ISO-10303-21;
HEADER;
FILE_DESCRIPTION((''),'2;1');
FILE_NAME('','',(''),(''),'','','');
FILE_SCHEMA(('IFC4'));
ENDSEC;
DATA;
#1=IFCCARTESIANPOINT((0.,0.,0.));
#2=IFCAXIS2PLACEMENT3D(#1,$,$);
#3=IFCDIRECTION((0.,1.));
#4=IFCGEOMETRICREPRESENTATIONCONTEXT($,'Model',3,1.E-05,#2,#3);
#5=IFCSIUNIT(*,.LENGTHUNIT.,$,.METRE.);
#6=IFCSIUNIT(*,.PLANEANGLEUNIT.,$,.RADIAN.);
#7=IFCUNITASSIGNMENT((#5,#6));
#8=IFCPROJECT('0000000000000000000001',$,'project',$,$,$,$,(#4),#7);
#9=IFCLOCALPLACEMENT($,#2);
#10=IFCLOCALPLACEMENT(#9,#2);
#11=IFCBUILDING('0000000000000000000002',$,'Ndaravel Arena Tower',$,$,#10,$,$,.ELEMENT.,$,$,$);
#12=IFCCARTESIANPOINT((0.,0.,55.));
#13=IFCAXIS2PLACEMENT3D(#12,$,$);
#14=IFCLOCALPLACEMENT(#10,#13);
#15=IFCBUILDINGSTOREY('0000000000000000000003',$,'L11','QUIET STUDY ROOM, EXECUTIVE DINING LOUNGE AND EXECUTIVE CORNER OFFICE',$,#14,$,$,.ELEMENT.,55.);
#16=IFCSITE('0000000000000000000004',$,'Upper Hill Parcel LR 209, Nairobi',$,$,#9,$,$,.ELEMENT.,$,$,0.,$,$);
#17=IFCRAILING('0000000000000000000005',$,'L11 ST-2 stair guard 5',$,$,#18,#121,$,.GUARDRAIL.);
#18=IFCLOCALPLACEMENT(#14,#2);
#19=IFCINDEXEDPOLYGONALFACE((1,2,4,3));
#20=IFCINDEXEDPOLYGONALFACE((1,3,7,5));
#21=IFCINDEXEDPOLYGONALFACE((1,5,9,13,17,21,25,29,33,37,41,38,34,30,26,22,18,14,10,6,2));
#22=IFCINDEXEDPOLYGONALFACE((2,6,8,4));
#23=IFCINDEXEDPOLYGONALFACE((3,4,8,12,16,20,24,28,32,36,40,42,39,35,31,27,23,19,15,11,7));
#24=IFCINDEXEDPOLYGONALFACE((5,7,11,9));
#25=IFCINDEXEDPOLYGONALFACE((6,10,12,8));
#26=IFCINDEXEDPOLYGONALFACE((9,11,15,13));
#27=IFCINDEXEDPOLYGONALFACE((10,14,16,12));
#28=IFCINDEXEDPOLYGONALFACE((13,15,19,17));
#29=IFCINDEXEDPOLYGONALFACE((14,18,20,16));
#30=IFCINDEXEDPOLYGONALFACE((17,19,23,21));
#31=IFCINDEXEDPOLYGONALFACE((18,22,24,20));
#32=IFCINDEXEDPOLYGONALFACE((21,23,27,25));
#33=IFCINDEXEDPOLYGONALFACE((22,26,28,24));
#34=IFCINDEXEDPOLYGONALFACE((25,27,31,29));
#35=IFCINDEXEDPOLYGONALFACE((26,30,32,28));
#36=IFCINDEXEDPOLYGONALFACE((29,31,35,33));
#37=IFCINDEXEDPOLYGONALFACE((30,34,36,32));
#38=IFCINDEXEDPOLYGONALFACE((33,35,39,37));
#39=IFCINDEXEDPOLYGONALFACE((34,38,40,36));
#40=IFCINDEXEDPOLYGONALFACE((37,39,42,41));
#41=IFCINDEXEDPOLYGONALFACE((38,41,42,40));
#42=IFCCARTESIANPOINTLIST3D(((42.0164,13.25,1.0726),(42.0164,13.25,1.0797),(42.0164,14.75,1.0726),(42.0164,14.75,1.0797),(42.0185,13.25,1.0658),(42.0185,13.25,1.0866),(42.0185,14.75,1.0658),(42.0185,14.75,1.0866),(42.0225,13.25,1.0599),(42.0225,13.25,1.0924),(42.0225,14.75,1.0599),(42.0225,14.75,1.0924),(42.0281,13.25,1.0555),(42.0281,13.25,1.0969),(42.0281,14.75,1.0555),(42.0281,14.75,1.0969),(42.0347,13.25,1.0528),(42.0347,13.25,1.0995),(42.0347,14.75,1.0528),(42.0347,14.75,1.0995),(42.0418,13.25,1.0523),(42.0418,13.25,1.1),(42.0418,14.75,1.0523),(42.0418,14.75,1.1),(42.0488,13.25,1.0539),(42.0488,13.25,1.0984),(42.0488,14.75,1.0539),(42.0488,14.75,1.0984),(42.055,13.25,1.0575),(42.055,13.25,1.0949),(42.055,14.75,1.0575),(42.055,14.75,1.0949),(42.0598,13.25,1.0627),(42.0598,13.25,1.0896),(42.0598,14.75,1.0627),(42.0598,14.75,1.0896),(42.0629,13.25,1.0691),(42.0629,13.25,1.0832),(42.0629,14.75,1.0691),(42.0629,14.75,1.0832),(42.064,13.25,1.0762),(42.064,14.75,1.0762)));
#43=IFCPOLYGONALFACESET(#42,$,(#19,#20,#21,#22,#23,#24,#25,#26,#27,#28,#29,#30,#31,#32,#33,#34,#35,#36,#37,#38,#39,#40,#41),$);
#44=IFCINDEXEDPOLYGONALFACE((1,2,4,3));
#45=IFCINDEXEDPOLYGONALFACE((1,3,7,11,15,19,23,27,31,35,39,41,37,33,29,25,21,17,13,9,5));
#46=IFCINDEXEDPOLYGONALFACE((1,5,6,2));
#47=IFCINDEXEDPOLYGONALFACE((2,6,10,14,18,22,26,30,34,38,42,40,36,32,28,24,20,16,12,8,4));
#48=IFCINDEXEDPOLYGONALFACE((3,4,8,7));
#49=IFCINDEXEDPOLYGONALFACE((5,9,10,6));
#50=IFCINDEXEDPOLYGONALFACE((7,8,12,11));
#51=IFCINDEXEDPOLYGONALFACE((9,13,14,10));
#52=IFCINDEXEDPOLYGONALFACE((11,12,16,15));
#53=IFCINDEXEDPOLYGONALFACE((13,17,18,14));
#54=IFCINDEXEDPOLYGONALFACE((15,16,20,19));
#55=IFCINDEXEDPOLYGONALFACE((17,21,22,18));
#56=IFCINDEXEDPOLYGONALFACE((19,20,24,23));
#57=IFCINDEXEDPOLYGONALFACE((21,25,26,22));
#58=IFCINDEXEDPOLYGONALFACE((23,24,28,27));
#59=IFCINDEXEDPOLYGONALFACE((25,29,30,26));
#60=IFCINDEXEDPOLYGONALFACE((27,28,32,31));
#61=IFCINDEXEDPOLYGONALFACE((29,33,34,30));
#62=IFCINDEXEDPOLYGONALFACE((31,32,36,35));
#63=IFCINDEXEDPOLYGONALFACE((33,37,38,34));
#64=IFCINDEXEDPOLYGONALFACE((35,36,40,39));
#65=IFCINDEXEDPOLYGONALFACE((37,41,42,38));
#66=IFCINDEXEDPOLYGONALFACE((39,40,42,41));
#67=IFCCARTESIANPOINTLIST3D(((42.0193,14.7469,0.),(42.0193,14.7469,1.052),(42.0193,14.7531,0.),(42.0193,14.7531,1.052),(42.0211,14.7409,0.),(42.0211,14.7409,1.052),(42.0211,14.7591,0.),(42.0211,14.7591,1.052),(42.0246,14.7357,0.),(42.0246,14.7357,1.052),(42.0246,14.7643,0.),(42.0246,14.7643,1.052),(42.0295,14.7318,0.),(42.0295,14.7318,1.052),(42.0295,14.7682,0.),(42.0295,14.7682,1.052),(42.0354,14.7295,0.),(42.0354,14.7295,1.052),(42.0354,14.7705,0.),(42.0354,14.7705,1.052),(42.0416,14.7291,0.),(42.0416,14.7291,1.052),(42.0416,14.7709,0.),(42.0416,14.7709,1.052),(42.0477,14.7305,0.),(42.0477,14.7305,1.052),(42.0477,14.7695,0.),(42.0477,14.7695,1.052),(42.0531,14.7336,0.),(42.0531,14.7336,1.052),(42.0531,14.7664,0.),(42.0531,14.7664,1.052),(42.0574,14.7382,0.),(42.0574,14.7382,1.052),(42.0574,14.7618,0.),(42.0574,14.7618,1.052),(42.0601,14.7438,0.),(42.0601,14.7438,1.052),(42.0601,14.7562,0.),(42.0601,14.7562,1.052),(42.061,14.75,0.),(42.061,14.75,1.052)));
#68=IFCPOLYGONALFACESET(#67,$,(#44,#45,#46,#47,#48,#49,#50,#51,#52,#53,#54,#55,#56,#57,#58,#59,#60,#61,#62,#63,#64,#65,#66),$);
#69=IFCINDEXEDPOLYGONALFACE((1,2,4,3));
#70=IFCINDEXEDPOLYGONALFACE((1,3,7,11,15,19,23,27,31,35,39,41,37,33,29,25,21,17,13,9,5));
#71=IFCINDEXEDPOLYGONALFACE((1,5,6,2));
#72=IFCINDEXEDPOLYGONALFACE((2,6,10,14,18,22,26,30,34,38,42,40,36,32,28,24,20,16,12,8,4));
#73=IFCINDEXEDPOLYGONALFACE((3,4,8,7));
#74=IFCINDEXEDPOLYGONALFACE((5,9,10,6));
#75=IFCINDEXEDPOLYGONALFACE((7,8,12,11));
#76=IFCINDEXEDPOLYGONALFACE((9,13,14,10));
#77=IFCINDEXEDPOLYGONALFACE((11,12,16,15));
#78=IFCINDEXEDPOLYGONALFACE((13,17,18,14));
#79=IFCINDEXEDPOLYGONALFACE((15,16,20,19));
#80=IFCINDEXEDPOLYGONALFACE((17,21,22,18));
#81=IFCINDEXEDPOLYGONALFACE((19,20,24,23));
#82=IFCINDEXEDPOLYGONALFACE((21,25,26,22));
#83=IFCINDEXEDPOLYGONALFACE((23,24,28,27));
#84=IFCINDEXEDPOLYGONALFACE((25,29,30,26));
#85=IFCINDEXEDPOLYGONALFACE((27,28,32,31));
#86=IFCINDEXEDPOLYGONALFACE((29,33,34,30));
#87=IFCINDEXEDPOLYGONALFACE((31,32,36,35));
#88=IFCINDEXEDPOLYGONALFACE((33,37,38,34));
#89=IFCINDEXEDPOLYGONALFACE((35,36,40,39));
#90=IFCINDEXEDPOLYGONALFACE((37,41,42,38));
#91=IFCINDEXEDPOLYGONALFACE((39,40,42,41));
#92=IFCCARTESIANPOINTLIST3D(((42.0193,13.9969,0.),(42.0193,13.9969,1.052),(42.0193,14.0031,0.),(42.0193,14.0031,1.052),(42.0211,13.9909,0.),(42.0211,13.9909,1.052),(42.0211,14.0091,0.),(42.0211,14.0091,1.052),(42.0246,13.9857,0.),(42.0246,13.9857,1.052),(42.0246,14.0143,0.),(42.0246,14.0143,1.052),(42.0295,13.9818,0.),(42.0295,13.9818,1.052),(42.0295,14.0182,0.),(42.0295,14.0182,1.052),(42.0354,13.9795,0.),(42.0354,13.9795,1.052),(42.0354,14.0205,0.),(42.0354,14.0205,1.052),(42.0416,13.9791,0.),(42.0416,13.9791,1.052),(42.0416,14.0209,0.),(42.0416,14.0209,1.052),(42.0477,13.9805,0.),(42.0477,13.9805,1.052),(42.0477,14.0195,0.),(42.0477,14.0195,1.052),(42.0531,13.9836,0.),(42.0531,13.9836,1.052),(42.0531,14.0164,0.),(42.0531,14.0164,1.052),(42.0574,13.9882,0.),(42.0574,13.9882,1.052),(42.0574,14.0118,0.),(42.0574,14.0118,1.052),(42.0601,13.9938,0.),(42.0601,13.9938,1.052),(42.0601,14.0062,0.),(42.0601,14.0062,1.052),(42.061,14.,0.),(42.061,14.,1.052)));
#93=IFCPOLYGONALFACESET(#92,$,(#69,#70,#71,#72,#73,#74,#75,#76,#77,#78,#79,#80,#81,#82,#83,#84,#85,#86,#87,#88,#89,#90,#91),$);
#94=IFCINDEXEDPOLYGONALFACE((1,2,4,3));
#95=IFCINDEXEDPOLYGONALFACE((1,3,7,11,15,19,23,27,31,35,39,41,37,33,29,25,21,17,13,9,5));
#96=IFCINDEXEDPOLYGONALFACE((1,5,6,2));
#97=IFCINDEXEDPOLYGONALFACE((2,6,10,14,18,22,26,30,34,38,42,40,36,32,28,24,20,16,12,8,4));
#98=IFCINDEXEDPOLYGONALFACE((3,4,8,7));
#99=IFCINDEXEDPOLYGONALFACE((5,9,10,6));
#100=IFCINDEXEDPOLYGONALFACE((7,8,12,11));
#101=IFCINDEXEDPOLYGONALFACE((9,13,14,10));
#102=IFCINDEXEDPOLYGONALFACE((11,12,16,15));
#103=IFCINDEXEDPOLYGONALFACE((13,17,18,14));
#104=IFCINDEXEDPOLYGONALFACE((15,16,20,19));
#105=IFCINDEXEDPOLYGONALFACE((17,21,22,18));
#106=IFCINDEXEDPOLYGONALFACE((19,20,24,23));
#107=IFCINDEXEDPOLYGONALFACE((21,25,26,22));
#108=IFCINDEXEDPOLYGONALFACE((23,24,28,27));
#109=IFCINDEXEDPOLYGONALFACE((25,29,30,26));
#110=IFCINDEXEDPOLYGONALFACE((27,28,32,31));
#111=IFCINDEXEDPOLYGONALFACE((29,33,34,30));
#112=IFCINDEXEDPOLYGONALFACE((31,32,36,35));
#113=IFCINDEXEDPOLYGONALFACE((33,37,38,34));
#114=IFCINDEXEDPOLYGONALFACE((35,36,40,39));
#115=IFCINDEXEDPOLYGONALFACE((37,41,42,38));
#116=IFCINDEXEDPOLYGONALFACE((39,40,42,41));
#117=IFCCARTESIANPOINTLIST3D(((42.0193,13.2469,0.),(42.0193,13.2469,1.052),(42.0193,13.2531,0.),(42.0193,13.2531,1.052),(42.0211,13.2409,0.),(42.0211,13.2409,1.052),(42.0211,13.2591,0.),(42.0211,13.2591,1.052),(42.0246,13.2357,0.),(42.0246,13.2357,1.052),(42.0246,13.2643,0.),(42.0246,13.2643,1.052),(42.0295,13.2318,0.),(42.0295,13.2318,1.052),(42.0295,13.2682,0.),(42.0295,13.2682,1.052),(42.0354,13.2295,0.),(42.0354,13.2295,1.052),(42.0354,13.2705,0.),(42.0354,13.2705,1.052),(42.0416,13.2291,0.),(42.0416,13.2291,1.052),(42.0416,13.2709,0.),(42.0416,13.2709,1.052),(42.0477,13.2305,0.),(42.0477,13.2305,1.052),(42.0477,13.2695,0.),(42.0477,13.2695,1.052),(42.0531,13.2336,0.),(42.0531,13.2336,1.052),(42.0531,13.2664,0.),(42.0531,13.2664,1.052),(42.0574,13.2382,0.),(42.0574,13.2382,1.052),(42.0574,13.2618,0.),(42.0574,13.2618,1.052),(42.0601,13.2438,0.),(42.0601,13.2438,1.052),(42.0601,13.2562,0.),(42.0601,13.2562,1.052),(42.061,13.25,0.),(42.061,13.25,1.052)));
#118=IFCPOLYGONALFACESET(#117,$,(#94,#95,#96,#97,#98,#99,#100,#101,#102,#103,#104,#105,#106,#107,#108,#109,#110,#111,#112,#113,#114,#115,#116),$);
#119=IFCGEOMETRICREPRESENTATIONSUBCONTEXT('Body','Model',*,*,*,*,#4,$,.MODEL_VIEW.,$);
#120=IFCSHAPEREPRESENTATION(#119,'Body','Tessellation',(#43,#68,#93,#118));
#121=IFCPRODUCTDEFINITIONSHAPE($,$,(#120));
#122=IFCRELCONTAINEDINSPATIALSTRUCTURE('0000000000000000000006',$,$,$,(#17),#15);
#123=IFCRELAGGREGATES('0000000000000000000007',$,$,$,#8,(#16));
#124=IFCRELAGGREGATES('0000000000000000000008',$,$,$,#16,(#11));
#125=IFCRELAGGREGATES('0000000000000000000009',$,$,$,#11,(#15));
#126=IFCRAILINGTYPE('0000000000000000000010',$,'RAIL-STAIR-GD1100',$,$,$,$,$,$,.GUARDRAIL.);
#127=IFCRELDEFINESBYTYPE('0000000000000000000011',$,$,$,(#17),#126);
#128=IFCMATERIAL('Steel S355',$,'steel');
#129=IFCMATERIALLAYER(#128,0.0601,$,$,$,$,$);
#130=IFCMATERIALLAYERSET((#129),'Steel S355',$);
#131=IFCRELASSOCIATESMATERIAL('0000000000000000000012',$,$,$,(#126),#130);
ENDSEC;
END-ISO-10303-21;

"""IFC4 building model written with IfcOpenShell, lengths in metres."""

from ifc_helpers import new_model, si_unit, direction, frame, origin, origin_2d, place, context, subcontext, project, spatial, circle, extrude, material, layer, layer_set, type_object, element, save


model = new_model("IFC4")

# Units and contexts
model_context = context("Model", 3, precision=1e-05, world=origin(), true_north=direction((0.0, 1.0)))
body_context = subcontext(model_context, "Body", "Model", "MODEL_VIEW")
ifc_project = project(units=[si_unit("LENGTHUNIT", "METRE"), si_unit("PLANEANGLEUNIT", "RADIAN")], contexts=[model_context])

# Site, building, storey
site_placement = place(None, origin())
site = spatial("IfcSite", under=ifc_project, at=site_placement, Name="Upper Hill Parcel LR 209, Nairobi", CompositionType="ELEMENT", RefElevation=0.0)
building_placement = place(site_placement, origin())
building = spatial("IfcBuilding", under=site, at=building_placement, Name="Ndaravel Arena Tower", CompositionType="ELEMENT")
storey_placement = place(building_placement, frame((0.0, 0.0, 55.0)))
storey = spatial("IfcBuildingStorey", under=building, at=storey_placement, Name="L11", Description="QUIET STUDY ROOM, EXECUTIVE DINING LOUNGE AND EXECUTIVE CORNER OFFICE", CompositionType="ELEMENT", Elevation=55.0)

# Railing
ifc_material_1 = material(Name="Steel S355", Category="steel")
ifc_layer_1 = layer(ifc_material_1, 0.0601)
ifc_layer_set_1 = layer_set([ifc_layer_1], Name="Steel S355")
railing_type = type_object("IfcRailingType", Name="RAIL-STAIR-GD1100", PredefinedType="GUARDRAIL", material=ifc_layer_set_1)
for number, where, name in (
    (1, (42.04, 14.75, 0.0), "L11 ST-2 stair guard 5"),
):
    element("IfcRailing", number, at=place(storey_placement, frame(where)), inside=storey, type_object=railing_type, Name=name, PredefinedType="GUARDRAIL", context=body_context, shape_type="SweptSolid", body=[
        extrude(circle(Radius=0.0239, at=origin_2d()), frame((0.0, 0.0, 1.0762), z_axis=(0.0, -1.0, 0.0), x_axis=(1.0, 0.0, 0.0)), (0.0, 0.0, 1.0), 1.5),
        extrude(circle(Radius=0.021, at=origin_2d()), origin(), (0.0, 0.0, 1.0), 1.052),
        extrude(circle(Radius=0.021, at=origin_2d()), frame((0.0, -0.75, 0.0)), (0.0, 0.0, 1.0), 1.052),
        extrude(circle(Radius=0.021, at=origin_2d()), frame((0.0, -1.5, 0.0)), (0.0, 0.0, 1.0), 1.052),
    ])

save(model, "model.ifc")
